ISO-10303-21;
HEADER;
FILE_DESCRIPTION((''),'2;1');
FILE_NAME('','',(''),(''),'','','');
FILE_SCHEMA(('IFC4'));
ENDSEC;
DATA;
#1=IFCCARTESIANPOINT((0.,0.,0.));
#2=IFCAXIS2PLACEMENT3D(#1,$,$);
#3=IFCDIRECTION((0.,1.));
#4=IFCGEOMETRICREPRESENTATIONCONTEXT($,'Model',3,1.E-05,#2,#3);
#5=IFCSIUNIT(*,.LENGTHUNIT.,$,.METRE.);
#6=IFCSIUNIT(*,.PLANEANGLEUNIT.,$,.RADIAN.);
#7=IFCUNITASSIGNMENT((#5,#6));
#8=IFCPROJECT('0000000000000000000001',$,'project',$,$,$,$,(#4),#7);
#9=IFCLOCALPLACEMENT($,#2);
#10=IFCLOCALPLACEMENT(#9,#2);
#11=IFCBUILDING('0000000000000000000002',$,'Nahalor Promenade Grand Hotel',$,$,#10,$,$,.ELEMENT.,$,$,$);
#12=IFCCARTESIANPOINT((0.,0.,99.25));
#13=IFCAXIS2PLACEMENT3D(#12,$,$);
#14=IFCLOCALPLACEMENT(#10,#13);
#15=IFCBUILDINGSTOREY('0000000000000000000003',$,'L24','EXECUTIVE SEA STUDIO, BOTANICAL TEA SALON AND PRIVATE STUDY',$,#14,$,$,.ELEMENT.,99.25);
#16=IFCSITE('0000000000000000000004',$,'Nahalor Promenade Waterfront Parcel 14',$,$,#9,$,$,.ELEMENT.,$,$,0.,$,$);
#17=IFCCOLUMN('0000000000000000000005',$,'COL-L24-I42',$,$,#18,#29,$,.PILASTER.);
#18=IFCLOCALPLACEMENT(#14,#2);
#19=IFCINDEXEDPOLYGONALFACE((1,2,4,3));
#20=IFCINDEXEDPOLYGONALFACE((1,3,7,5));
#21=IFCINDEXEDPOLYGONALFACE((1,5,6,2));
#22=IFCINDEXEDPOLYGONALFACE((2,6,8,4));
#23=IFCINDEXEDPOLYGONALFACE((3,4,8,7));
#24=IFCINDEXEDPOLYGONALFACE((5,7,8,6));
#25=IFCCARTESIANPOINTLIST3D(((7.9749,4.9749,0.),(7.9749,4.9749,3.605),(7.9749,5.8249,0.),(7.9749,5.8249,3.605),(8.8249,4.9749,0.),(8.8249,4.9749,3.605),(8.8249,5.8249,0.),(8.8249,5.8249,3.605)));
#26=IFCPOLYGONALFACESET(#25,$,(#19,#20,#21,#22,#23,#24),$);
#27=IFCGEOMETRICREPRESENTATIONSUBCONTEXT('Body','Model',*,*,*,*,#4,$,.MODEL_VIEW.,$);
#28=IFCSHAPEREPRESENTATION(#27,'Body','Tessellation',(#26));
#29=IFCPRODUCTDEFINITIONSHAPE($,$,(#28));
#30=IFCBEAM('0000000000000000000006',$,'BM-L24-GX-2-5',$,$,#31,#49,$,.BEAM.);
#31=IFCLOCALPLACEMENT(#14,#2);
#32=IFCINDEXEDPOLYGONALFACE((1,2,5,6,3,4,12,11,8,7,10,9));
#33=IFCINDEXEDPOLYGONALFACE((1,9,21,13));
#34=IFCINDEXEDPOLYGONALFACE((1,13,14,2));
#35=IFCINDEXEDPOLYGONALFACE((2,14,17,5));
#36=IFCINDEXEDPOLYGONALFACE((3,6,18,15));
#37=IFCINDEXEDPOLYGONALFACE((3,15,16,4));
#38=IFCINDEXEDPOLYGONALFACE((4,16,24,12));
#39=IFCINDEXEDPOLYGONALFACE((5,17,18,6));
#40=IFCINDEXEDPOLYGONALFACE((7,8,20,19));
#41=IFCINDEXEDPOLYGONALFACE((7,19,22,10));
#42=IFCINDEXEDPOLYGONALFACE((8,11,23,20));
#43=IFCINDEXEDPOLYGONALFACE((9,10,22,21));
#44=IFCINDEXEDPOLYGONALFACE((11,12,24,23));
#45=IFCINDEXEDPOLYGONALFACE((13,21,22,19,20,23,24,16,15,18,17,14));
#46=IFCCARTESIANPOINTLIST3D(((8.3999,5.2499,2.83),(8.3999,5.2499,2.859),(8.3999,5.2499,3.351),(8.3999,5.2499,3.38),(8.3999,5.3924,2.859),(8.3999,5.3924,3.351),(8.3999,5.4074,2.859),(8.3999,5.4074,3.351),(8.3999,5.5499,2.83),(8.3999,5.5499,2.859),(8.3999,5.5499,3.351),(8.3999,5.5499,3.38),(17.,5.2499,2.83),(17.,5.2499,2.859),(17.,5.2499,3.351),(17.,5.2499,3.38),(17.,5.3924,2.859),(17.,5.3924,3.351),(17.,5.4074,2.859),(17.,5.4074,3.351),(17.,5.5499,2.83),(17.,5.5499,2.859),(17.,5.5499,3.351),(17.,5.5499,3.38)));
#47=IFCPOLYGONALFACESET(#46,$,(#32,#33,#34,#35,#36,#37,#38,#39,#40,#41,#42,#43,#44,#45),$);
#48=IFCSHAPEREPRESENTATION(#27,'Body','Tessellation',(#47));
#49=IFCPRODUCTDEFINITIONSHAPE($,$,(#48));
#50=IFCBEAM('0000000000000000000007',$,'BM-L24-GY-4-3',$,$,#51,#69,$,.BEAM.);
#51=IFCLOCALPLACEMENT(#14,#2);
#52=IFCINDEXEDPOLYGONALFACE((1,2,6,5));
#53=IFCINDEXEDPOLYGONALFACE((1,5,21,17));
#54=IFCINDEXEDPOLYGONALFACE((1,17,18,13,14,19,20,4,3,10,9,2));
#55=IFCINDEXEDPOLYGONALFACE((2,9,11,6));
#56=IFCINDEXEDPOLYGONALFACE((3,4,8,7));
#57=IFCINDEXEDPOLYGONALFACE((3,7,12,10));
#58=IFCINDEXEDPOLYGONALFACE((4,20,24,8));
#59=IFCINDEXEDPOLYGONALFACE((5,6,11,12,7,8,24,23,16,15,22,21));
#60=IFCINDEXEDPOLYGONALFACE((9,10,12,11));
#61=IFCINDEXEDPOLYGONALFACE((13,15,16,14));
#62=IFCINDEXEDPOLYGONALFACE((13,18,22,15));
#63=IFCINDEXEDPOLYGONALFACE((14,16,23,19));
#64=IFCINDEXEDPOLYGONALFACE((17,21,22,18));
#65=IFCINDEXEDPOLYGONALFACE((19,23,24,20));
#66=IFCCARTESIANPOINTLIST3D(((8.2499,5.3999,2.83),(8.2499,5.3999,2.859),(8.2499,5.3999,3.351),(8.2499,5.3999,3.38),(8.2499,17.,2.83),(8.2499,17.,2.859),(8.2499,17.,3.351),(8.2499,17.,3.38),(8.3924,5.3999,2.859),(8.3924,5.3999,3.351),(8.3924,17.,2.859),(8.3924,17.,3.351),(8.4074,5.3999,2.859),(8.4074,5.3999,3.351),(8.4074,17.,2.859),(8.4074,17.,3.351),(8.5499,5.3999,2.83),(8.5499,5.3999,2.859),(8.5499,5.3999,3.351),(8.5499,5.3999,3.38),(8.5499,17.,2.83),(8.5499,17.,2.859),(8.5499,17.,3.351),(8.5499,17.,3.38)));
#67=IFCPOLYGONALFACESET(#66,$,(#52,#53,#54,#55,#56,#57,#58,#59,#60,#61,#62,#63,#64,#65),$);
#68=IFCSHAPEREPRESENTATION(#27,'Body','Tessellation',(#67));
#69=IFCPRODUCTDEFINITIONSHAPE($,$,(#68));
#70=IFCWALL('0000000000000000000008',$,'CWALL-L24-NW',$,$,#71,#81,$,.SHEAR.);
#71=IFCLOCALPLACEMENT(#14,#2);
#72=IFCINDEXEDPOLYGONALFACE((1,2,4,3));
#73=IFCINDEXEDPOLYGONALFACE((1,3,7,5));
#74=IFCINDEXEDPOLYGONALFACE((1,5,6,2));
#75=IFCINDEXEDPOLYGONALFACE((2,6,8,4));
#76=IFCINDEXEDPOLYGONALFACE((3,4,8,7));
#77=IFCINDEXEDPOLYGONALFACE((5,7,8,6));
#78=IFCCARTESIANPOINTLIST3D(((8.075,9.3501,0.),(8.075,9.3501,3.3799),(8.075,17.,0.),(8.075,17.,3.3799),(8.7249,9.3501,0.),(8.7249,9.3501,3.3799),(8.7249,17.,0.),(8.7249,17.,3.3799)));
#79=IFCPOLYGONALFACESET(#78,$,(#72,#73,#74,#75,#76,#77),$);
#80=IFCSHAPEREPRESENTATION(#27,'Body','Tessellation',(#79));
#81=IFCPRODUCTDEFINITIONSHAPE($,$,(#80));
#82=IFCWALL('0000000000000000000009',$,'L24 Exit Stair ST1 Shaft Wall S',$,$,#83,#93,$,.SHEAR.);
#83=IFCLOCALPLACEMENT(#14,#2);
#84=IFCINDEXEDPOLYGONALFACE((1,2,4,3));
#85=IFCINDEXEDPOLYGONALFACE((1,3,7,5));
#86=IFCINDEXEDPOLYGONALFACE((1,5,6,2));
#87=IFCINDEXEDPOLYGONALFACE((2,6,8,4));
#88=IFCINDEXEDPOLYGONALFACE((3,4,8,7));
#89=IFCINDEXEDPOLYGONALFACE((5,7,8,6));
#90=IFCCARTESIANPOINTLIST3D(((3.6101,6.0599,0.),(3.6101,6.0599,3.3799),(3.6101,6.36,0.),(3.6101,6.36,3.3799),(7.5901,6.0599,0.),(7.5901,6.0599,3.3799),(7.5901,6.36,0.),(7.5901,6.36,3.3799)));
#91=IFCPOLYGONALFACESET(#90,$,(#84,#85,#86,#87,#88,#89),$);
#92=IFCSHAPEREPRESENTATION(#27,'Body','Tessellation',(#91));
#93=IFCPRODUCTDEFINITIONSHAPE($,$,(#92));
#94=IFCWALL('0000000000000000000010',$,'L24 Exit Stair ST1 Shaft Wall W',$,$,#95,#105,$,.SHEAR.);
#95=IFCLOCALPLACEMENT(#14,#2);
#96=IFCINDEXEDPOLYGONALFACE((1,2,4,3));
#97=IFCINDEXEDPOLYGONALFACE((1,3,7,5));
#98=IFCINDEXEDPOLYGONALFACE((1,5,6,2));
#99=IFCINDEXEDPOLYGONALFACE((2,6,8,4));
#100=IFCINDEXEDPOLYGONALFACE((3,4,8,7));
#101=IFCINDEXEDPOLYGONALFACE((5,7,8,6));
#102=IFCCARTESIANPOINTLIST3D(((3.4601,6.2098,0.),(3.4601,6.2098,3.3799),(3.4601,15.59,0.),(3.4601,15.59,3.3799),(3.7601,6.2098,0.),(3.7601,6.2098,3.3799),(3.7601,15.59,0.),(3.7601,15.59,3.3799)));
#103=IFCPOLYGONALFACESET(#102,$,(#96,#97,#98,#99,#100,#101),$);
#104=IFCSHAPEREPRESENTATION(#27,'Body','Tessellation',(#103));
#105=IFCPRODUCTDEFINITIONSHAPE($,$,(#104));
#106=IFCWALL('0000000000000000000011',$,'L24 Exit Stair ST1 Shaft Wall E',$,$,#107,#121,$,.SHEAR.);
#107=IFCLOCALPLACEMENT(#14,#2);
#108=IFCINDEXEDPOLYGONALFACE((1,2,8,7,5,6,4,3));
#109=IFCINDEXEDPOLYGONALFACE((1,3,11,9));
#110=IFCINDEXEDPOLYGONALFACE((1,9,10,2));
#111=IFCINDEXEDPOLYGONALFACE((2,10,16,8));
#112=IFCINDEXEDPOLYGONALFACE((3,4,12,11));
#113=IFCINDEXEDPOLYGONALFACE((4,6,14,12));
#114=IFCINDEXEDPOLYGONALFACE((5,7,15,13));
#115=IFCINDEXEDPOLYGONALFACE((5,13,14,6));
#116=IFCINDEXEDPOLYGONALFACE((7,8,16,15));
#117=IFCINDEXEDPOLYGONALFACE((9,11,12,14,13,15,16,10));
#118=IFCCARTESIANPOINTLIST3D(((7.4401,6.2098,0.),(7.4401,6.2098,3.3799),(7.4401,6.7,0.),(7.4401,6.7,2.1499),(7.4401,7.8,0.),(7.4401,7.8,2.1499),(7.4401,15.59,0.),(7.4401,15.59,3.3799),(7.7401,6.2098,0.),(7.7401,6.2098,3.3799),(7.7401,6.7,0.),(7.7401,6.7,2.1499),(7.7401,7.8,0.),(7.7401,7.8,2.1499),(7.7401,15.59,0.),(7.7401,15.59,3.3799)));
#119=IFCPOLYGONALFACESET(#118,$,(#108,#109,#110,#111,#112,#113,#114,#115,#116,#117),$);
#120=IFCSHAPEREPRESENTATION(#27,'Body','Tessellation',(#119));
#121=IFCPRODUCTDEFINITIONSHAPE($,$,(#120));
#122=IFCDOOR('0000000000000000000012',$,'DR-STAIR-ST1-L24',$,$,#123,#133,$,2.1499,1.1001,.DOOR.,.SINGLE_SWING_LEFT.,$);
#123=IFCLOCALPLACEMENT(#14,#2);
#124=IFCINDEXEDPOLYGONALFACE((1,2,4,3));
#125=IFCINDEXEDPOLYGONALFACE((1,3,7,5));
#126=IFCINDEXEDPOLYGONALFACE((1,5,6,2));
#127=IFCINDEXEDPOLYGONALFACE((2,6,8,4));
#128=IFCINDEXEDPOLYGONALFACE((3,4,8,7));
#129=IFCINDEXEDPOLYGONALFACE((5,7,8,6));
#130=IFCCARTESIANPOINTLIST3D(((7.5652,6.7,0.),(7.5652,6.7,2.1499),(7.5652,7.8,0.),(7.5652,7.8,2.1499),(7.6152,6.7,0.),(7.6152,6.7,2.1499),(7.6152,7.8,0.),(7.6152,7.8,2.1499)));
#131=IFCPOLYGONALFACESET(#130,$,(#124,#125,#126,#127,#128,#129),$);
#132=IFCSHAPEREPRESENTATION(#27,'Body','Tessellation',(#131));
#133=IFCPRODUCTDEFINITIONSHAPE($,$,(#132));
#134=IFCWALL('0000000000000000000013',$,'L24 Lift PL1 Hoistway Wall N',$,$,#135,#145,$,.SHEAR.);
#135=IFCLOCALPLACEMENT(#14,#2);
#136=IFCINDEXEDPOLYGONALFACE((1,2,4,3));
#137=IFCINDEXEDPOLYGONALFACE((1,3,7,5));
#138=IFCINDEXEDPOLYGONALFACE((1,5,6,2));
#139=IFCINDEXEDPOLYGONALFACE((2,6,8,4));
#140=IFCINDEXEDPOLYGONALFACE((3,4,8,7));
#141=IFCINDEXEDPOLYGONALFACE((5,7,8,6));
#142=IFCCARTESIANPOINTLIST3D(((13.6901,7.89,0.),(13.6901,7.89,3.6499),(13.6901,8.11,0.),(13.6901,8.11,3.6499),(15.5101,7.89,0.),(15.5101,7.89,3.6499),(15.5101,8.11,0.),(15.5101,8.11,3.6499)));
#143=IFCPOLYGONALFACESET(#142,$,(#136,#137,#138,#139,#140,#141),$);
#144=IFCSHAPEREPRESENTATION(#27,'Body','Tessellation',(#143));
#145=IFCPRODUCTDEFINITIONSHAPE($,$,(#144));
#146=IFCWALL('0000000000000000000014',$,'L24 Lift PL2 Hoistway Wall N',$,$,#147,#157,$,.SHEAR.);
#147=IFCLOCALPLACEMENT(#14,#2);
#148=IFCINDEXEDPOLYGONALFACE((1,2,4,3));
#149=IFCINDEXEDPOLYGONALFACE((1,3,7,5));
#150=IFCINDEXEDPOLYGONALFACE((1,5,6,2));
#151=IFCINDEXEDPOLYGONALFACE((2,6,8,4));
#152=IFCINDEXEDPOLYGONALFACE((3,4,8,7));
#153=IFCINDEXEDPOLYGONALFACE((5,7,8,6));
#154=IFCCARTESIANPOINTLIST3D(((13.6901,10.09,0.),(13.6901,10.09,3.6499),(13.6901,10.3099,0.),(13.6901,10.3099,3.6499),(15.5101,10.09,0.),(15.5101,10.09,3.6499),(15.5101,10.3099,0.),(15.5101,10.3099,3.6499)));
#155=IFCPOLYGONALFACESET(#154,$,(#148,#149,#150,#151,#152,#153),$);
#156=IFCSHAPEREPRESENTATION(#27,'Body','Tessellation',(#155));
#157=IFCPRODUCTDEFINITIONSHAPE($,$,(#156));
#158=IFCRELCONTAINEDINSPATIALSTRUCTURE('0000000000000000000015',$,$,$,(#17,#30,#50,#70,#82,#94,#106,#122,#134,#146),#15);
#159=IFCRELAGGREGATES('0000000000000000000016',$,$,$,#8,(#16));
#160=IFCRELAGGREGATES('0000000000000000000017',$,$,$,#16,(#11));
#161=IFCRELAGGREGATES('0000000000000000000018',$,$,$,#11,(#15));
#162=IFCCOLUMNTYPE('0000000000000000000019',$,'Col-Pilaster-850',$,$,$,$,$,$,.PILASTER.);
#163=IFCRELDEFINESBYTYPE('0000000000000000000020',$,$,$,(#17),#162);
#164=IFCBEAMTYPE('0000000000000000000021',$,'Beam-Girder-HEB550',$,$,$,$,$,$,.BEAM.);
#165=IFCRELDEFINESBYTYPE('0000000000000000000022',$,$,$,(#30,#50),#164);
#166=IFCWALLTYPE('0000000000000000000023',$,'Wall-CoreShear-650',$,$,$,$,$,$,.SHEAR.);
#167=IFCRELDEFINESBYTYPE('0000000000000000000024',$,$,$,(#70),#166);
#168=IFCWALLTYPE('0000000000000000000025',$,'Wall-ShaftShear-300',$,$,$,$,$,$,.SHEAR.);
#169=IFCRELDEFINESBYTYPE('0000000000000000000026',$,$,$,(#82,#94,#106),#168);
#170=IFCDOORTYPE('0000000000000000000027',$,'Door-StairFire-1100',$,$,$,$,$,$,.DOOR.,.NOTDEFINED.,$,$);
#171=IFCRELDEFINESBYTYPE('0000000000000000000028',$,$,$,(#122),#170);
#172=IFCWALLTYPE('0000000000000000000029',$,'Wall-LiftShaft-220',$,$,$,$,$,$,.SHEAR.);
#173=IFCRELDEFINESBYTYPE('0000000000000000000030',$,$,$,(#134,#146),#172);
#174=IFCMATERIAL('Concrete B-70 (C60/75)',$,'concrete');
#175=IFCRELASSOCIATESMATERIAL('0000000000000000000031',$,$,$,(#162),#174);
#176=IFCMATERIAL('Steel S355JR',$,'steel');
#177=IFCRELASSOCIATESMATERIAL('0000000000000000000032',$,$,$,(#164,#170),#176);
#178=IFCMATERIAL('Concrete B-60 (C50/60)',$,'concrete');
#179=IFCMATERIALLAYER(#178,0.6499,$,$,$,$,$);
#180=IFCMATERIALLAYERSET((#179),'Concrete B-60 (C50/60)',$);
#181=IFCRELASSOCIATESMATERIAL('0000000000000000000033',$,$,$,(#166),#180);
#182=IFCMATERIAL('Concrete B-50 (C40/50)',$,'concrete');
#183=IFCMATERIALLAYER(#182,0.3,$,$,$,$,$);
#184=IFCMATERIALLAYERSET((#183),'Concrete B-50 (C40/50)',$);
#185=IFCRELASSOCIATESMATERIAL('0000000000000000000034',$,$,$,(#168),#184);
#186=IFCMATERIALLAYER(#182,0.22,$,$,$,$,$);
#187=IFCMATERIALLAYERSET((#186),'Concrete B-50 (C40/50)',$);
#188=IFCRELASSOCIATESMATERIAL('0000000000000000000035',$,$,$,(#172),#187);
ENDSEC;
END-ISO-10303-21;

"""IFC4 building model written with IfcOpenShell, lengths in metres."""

from ifc_helpers import new_model, si_unit, direction, frame, frame_2d, origin, origin_2d, place, context, subcontext, project, spatial, rectangle, i_section, extrude, source, transform, mapped, material, layer, layer_set, material_profile, profile_set, type_object, element, fill, save


model = new_model("IFC4")

# Units and contexts
model_context = context("Model", 3, precision=1e-05, world=origin(), true_north=direction((0.0, 1.0)))
body_context = subcontext(model_context, "Body", "Model", "MODEL_VIEW")
ifc_project = project(units=[si_unit("LENGTHUNIT", "METRE"), si_unit("PLANEANGLEUNIT", "RADIAN")], contexts=[model_context])

# Site, building, storey
site_placement = place(None, origin())
site = spatial("IfcSite", under=ifc_project, at=site_placement, Name="Nahalor Promenade Waterfront Parcel 14", CompositionType="ELEMENT", RefElevation=0.0)
building_placement = place(site_placement, origin())
building = spatial("IfcBuilding", under=site, at=building_placement, Name="Nahalor Promenade Grand Hotel", CompositionType="ELEMENT")
storey_placement = place(building_placement, frame((0.0, 0.0, 99.25)))
storey = spatial("IfcBuildingStorey", under=building, at=storey_placement, Name="L24", Description="EXECUTIVE SEA STUDIO, BOTANICAL TEA SALON AND PRIVATE STUDY", CompositionType="ELEMENT", Elevation=99.25)

# Column
ifc_material_1 = material(Name="Concrete B-70 (C60/75)", Category="concrete")
ifc_material_profile_1 = material_profile(ifc_material_1, rectangle(XDim=0.85, YDim=0.85, at=origin_2d()), Name="RC 850x850")
ifc_profile_set_1 = profile_set([ifc_material_profile_1], Name="Concrete B-70 (C60/75)")
column_type = type_object("IfcColumnType", Name="Col-Pilaster-850", PredefinedType="PILASTER", material=ifc_profile_set_1)
shared_shape_1 = source(origin(), body_context, "Body", "SweptSolid", [
    extrude(rectangle(XDim=0.85, YDim=0.85, at=origin_2d()), origin(), (0.0, 0.0, 1.0), 3.605),
])
column_placement = place(storey_placement, frame((8.3999, 5.3999, 0.0), z_axis=(0.0, 0.0, 1.0), x_axis=(1.0, 0.0, 0.0)))
element("IfcColumn", 1, at=column_placement, inside=storey, type_object=column_type, Name="COL-L24-I42", PredefinedType="PILASTER", context=body_context, shape_type="MappedRepresentation", body=[
    mapped(shared_shape_1, transform((0.0, 0.0, 0.0), scale=1.0)),
])

# Beams
ifc_material_2 = material(Name="Steel S355JR", Category="steel")
ifc_material_profile_2 = material_profile(ifc_material_2, i_section(OverallWidth=0.3, OverallDepth=0.55, WebThickness=0.015, FlangeThickness=0.029, at=origin_2d()), Name="HEB 550")
ifc_profile_set_2 = profile_set([ifc_material_profile_2], Name="Steel S355JR")
beam_type = type_object("IfcBeamType", Name="Beam-Girder-HEB550", PredefinedType="BEAM", material=ifc_profile_set_2)
shared_shape_2 = source(origin(), body_context, "Body", "SweptSolid", [
    extrude(i_section(OverallWidth=0.3, OverallDepth=0.55, WebThickness=0.015, FlangeThickness=0.029, at=origin_2d()), origin(), (0.0, 0.0, 1.0), 8.6001),
])
beam_1_placement = place(storey_placement, frame((8.3999, 5.3999, 3.105), z_axis=(1.0, 0.0, 0.0), x_axis=(0.0, 1.0, 0.0)))
element("IfcBeam", 2, at=beam_1_placement, inside=storey, type_object=beam_type, Name="BM-L24-GX-2-5", PredefinedType="BEAM", context=body_context, shape_type="MappedRepresentation", body=[
    mapped(shared_shape_2, transform((0.0, 0.0, 0.0), scale=1.0)),
])
shared_shape_3 = source(origin(), body_context, "Body", "SweptSolid", [
    extrude(i_section(OverallWidth=0.3, OverallDepth=0.55, WebThickness=0.015, FlangeThickness=0.029, at=origin_2d()), origin(), (0.0, 0.0, 1.0), 11.6001),
])
beam_2_placement = place(storey_placement, frame((8.3999, 5.3999, 3.105), z_axis=(0.0, 1.0, 0.0), x_axis=(-1.0, 0.0, 0.0)))
element("IfcBeam", 3, at=beam_2_placement, inside=storey, type_object=beam_type, Name="BM-L24-GY-4-3", PredefinedType="BEAM", context=body_context, shape_type="MappedRepresentation", body=[
    mapped(shared_shape_3, transform((0.0, 0.0, 0.0), scale=1.0)),
])

# Walls
ifc_material_3 = material(Name="Concrete B-60 (C50/60)", Category="concrete")
ifc_layer_1 = layer(ifc_material_3, 0.6499)
ifc_layer_set_1 = layer_set([ifc_layer_1], Name="Concrete B-60 (C50/60)")
wall_type_1 = type_object("IfcWallType", Name="Wall-CoreShear-650", PredefinedType="SHEAR", material=ifc_layer_set_1)
shared_shape_4 = source(origin(), body_context, "Body", "SweptSolid", [
    extrude(rectangle(XDim=7.6499, YDim=0.6499, at=frame_2d((3.825, 0.0))), origin(), (0.0, 0.0, 1.0), 3.3799),
])
wall_1_placement = place(storey_placement, frame((8.3999, 9.3501, 0.0), z_axis=(0.0, 0.0, 1.0), x_axis=(0.0, 1.0, 0.0)))
element("IfcWall", 4, at=wall_1_placement, inside=storey, type_object=wall_type_1, Name="CWALL-L24-NW", PredefinedType="SHEAR", context=body_context, shape_type="MappedRepresentation", body=[
    mapped(shared_shape_4, transform((0.0, 0.0, 0.0), scale=1.0)),
])
ifc_material_4 = material(Name="Concrete B-50 (C40/50)", Category="concrete")
ifc_layer_2 = layer(ifc_material_4, 0.3)
ifc_layer_set_2 = layer_set([ifc_layer_2], Name="Concrete B-50 (C40/50)")
wall_type_2 = type_object("IfcWallType", Name="Wall-ShaftShear-300", PredefinedType="SHEAR", material=ifc_layer_set_2)
shared_shape_5 = source(origin(), body_context, "Body", "SweptSolid", [
    extrude(rectangle(XDim=3.98, YDim=0.3, at=frame_2d((1.99, 0.0))), origin(), (0.0, 0.0, 1.0), 3.3799),
])
wall_2_placement = place(storey_placement, frame((3.6101, 6.21, 0.0), z_axis=(0.0, 0.0, 1.0), x_axis=(1.0, 0.0, 0.0)))
element("IfcWall", 5, at=wall_2_placement, inside=storey, type_object=wall_type_2, Name="L24 Exit Stair ST1 Shaft Wall S", PredefinedType="SHEAR", context=body_context, shape_type="MappedRepresentation", body=[
    mapped(shared_shape_5, transform((0.0, 0.0, 0.0), scale=1.0)),
])
shared_shape_6 = source(origin(), body_context, "Body", "SweptSolid", [
    extrude(rectangle(XDim=9.3801, YDim=0.3, at=frame_2d((4.6899, 0.0))), origin(), (0.0, 0.0, 1.0), 3.3799),
])
wall_3_placement = place(storey_placement, frame((3.6101, 6.21, 0.0), z_axis=(0.0, 0.0, 1.0), x_axis=(0.0, 1.0, 0.0)))
element("IfcWall", 6, at=wall_3_placement, inside=storey, type_object=wall_type_2, Name="L24 Exit Stair ST1 Shaft Wall W", PredefinedType="SHEAR", context=body_context, shape_type="MappedRepresentation", body=[
    mapped(shared_shape_6, transform((0.0, 0.0, 0.0), scale=1.0)),
])

# Wall, opening, door
wall_4_placement = place(storey_placement, frame((7.5901, 6.21, 0.0), z_axis=(0.0, 0.0, 1.0), x_axis=(0.0, 1.0, 0.0)))
wall_4 = element("IfcWall", 7, at=wall_4_placement, inside=storey, type_object=wall_type_2, Name="L24 Exit Stair ST1 Shaft Wall E", PredefinedType="SHEAR", context=body_context, shape_type="MappedRepresentation", body=[
    mapped(shared_shape_6, transform((0.0, 0.0, 0.0), scale=1.0)),
])
opening_1_placement = place(wall_4_placement, frame((0.49, 0.0, 0.0)))
opening_1 = element("IfcOpeningElement", 8, at=opening_1_placement, cuts=wall_4, PredefinedType="OPENING", context=body_context, shape_type="SweptSolid", body=[
    extrude(rectangle(XDim=1.1001, YDim=2.1499, at=frame_2d((0.55, 1.075))), frame((0.0, 0.1599, 0.0), z_axis=(0.0, -1.0, 0.0), x_axis=(1.0, 0.0, 0.0)), (0.0, 0.0, 1.0), 0.3201),
])
door_type_1 = type_object("IfcDoorType", Name="Door-StairFire-1100", OperationType="NOTDEFINED", PredefinedType="DOOR", material=ifc_material_2)
shared_shape_7 = source(origin(), body_context, "Body", "SweptSolid", [
    extrude(rectangle(XDim=1.1001, YDim=2.1499, at=frame_2d((0.55, 1.075))), frame((0.0, 0.0249, 0.0), z_axis=(0.0, -1.0, 0.0), x_axis=(1.0, 0.0, 0.0)), (0.0, 0.0, 1.0), 0.05),
])
door_1_placement = place(opening_1_placement, origin())
door_1 = element("IfcDoor", 9, at=door_1_placement, inside=storey, type_object=door_type_1, Name="DR-STAIR-ST1-L24", OperationType="SINGLE_SWING_LEFT", OverallHeight=2.1499, OverallWidth=1.1001, PredefinedType="DOOR", context=body_context, shape_type="MappedRepresentation", body=[
    mapped(shared_shape_7, transform((0.0, 0.0, 0.0), scale=1.0)),
])
fill(opening_1, door_1)

# Walls
ifc_layer_3 = layer(ifc_material_4, 0.22)
ifc_layer_set_3 = layer_set([ifc_layer_3], Name="Concrete B-50 (C40/50)")
wall_type_3 = type_object("IfcWallType", Name="Wall-LiftShaft-220", PredefinedType="SHEAR", material=ifc_layer_set_3)
shared_shape_8 = source(origin(), body_context, "Body", "SweptSolid", [
    extrude(rectangle(XDim=1.8201, YDim=0.22, at=frame_2d((0.9102, 0.0))), origin(), (0.0, 0.0, 1.0), 3.6499),
])
for number, where, z_axis, x_axis, name in (
    (10, (13.6899, 8.0, 0.0), (0.0, 0.0, 1.0), (1.0, 0.0, 0.0), "L24 Lift PL1 Hoistway Wall N"),
    (11, (13.6899, 10.2, 0.0), (0.0, 0.0, 1.0), (1.0, 0.0, 0.0), "L24 Lift PL2 Hoistway Wall N"),
):
    element("IfcWall", number, at=place(storey_placement, frame(where, z_axis=z_axis, x_axis=x_axis)), inside=storey, type_object=wall_type_3, Name=name, PredefinedType="SHEAR", context=body_context, shape_type="MappedRepresentation", body=[
        mapped(shared_shape_8, transform((0.0, 0.0, 0.0), scale=1.0)),
    ])

save(model, "model.ifc")
